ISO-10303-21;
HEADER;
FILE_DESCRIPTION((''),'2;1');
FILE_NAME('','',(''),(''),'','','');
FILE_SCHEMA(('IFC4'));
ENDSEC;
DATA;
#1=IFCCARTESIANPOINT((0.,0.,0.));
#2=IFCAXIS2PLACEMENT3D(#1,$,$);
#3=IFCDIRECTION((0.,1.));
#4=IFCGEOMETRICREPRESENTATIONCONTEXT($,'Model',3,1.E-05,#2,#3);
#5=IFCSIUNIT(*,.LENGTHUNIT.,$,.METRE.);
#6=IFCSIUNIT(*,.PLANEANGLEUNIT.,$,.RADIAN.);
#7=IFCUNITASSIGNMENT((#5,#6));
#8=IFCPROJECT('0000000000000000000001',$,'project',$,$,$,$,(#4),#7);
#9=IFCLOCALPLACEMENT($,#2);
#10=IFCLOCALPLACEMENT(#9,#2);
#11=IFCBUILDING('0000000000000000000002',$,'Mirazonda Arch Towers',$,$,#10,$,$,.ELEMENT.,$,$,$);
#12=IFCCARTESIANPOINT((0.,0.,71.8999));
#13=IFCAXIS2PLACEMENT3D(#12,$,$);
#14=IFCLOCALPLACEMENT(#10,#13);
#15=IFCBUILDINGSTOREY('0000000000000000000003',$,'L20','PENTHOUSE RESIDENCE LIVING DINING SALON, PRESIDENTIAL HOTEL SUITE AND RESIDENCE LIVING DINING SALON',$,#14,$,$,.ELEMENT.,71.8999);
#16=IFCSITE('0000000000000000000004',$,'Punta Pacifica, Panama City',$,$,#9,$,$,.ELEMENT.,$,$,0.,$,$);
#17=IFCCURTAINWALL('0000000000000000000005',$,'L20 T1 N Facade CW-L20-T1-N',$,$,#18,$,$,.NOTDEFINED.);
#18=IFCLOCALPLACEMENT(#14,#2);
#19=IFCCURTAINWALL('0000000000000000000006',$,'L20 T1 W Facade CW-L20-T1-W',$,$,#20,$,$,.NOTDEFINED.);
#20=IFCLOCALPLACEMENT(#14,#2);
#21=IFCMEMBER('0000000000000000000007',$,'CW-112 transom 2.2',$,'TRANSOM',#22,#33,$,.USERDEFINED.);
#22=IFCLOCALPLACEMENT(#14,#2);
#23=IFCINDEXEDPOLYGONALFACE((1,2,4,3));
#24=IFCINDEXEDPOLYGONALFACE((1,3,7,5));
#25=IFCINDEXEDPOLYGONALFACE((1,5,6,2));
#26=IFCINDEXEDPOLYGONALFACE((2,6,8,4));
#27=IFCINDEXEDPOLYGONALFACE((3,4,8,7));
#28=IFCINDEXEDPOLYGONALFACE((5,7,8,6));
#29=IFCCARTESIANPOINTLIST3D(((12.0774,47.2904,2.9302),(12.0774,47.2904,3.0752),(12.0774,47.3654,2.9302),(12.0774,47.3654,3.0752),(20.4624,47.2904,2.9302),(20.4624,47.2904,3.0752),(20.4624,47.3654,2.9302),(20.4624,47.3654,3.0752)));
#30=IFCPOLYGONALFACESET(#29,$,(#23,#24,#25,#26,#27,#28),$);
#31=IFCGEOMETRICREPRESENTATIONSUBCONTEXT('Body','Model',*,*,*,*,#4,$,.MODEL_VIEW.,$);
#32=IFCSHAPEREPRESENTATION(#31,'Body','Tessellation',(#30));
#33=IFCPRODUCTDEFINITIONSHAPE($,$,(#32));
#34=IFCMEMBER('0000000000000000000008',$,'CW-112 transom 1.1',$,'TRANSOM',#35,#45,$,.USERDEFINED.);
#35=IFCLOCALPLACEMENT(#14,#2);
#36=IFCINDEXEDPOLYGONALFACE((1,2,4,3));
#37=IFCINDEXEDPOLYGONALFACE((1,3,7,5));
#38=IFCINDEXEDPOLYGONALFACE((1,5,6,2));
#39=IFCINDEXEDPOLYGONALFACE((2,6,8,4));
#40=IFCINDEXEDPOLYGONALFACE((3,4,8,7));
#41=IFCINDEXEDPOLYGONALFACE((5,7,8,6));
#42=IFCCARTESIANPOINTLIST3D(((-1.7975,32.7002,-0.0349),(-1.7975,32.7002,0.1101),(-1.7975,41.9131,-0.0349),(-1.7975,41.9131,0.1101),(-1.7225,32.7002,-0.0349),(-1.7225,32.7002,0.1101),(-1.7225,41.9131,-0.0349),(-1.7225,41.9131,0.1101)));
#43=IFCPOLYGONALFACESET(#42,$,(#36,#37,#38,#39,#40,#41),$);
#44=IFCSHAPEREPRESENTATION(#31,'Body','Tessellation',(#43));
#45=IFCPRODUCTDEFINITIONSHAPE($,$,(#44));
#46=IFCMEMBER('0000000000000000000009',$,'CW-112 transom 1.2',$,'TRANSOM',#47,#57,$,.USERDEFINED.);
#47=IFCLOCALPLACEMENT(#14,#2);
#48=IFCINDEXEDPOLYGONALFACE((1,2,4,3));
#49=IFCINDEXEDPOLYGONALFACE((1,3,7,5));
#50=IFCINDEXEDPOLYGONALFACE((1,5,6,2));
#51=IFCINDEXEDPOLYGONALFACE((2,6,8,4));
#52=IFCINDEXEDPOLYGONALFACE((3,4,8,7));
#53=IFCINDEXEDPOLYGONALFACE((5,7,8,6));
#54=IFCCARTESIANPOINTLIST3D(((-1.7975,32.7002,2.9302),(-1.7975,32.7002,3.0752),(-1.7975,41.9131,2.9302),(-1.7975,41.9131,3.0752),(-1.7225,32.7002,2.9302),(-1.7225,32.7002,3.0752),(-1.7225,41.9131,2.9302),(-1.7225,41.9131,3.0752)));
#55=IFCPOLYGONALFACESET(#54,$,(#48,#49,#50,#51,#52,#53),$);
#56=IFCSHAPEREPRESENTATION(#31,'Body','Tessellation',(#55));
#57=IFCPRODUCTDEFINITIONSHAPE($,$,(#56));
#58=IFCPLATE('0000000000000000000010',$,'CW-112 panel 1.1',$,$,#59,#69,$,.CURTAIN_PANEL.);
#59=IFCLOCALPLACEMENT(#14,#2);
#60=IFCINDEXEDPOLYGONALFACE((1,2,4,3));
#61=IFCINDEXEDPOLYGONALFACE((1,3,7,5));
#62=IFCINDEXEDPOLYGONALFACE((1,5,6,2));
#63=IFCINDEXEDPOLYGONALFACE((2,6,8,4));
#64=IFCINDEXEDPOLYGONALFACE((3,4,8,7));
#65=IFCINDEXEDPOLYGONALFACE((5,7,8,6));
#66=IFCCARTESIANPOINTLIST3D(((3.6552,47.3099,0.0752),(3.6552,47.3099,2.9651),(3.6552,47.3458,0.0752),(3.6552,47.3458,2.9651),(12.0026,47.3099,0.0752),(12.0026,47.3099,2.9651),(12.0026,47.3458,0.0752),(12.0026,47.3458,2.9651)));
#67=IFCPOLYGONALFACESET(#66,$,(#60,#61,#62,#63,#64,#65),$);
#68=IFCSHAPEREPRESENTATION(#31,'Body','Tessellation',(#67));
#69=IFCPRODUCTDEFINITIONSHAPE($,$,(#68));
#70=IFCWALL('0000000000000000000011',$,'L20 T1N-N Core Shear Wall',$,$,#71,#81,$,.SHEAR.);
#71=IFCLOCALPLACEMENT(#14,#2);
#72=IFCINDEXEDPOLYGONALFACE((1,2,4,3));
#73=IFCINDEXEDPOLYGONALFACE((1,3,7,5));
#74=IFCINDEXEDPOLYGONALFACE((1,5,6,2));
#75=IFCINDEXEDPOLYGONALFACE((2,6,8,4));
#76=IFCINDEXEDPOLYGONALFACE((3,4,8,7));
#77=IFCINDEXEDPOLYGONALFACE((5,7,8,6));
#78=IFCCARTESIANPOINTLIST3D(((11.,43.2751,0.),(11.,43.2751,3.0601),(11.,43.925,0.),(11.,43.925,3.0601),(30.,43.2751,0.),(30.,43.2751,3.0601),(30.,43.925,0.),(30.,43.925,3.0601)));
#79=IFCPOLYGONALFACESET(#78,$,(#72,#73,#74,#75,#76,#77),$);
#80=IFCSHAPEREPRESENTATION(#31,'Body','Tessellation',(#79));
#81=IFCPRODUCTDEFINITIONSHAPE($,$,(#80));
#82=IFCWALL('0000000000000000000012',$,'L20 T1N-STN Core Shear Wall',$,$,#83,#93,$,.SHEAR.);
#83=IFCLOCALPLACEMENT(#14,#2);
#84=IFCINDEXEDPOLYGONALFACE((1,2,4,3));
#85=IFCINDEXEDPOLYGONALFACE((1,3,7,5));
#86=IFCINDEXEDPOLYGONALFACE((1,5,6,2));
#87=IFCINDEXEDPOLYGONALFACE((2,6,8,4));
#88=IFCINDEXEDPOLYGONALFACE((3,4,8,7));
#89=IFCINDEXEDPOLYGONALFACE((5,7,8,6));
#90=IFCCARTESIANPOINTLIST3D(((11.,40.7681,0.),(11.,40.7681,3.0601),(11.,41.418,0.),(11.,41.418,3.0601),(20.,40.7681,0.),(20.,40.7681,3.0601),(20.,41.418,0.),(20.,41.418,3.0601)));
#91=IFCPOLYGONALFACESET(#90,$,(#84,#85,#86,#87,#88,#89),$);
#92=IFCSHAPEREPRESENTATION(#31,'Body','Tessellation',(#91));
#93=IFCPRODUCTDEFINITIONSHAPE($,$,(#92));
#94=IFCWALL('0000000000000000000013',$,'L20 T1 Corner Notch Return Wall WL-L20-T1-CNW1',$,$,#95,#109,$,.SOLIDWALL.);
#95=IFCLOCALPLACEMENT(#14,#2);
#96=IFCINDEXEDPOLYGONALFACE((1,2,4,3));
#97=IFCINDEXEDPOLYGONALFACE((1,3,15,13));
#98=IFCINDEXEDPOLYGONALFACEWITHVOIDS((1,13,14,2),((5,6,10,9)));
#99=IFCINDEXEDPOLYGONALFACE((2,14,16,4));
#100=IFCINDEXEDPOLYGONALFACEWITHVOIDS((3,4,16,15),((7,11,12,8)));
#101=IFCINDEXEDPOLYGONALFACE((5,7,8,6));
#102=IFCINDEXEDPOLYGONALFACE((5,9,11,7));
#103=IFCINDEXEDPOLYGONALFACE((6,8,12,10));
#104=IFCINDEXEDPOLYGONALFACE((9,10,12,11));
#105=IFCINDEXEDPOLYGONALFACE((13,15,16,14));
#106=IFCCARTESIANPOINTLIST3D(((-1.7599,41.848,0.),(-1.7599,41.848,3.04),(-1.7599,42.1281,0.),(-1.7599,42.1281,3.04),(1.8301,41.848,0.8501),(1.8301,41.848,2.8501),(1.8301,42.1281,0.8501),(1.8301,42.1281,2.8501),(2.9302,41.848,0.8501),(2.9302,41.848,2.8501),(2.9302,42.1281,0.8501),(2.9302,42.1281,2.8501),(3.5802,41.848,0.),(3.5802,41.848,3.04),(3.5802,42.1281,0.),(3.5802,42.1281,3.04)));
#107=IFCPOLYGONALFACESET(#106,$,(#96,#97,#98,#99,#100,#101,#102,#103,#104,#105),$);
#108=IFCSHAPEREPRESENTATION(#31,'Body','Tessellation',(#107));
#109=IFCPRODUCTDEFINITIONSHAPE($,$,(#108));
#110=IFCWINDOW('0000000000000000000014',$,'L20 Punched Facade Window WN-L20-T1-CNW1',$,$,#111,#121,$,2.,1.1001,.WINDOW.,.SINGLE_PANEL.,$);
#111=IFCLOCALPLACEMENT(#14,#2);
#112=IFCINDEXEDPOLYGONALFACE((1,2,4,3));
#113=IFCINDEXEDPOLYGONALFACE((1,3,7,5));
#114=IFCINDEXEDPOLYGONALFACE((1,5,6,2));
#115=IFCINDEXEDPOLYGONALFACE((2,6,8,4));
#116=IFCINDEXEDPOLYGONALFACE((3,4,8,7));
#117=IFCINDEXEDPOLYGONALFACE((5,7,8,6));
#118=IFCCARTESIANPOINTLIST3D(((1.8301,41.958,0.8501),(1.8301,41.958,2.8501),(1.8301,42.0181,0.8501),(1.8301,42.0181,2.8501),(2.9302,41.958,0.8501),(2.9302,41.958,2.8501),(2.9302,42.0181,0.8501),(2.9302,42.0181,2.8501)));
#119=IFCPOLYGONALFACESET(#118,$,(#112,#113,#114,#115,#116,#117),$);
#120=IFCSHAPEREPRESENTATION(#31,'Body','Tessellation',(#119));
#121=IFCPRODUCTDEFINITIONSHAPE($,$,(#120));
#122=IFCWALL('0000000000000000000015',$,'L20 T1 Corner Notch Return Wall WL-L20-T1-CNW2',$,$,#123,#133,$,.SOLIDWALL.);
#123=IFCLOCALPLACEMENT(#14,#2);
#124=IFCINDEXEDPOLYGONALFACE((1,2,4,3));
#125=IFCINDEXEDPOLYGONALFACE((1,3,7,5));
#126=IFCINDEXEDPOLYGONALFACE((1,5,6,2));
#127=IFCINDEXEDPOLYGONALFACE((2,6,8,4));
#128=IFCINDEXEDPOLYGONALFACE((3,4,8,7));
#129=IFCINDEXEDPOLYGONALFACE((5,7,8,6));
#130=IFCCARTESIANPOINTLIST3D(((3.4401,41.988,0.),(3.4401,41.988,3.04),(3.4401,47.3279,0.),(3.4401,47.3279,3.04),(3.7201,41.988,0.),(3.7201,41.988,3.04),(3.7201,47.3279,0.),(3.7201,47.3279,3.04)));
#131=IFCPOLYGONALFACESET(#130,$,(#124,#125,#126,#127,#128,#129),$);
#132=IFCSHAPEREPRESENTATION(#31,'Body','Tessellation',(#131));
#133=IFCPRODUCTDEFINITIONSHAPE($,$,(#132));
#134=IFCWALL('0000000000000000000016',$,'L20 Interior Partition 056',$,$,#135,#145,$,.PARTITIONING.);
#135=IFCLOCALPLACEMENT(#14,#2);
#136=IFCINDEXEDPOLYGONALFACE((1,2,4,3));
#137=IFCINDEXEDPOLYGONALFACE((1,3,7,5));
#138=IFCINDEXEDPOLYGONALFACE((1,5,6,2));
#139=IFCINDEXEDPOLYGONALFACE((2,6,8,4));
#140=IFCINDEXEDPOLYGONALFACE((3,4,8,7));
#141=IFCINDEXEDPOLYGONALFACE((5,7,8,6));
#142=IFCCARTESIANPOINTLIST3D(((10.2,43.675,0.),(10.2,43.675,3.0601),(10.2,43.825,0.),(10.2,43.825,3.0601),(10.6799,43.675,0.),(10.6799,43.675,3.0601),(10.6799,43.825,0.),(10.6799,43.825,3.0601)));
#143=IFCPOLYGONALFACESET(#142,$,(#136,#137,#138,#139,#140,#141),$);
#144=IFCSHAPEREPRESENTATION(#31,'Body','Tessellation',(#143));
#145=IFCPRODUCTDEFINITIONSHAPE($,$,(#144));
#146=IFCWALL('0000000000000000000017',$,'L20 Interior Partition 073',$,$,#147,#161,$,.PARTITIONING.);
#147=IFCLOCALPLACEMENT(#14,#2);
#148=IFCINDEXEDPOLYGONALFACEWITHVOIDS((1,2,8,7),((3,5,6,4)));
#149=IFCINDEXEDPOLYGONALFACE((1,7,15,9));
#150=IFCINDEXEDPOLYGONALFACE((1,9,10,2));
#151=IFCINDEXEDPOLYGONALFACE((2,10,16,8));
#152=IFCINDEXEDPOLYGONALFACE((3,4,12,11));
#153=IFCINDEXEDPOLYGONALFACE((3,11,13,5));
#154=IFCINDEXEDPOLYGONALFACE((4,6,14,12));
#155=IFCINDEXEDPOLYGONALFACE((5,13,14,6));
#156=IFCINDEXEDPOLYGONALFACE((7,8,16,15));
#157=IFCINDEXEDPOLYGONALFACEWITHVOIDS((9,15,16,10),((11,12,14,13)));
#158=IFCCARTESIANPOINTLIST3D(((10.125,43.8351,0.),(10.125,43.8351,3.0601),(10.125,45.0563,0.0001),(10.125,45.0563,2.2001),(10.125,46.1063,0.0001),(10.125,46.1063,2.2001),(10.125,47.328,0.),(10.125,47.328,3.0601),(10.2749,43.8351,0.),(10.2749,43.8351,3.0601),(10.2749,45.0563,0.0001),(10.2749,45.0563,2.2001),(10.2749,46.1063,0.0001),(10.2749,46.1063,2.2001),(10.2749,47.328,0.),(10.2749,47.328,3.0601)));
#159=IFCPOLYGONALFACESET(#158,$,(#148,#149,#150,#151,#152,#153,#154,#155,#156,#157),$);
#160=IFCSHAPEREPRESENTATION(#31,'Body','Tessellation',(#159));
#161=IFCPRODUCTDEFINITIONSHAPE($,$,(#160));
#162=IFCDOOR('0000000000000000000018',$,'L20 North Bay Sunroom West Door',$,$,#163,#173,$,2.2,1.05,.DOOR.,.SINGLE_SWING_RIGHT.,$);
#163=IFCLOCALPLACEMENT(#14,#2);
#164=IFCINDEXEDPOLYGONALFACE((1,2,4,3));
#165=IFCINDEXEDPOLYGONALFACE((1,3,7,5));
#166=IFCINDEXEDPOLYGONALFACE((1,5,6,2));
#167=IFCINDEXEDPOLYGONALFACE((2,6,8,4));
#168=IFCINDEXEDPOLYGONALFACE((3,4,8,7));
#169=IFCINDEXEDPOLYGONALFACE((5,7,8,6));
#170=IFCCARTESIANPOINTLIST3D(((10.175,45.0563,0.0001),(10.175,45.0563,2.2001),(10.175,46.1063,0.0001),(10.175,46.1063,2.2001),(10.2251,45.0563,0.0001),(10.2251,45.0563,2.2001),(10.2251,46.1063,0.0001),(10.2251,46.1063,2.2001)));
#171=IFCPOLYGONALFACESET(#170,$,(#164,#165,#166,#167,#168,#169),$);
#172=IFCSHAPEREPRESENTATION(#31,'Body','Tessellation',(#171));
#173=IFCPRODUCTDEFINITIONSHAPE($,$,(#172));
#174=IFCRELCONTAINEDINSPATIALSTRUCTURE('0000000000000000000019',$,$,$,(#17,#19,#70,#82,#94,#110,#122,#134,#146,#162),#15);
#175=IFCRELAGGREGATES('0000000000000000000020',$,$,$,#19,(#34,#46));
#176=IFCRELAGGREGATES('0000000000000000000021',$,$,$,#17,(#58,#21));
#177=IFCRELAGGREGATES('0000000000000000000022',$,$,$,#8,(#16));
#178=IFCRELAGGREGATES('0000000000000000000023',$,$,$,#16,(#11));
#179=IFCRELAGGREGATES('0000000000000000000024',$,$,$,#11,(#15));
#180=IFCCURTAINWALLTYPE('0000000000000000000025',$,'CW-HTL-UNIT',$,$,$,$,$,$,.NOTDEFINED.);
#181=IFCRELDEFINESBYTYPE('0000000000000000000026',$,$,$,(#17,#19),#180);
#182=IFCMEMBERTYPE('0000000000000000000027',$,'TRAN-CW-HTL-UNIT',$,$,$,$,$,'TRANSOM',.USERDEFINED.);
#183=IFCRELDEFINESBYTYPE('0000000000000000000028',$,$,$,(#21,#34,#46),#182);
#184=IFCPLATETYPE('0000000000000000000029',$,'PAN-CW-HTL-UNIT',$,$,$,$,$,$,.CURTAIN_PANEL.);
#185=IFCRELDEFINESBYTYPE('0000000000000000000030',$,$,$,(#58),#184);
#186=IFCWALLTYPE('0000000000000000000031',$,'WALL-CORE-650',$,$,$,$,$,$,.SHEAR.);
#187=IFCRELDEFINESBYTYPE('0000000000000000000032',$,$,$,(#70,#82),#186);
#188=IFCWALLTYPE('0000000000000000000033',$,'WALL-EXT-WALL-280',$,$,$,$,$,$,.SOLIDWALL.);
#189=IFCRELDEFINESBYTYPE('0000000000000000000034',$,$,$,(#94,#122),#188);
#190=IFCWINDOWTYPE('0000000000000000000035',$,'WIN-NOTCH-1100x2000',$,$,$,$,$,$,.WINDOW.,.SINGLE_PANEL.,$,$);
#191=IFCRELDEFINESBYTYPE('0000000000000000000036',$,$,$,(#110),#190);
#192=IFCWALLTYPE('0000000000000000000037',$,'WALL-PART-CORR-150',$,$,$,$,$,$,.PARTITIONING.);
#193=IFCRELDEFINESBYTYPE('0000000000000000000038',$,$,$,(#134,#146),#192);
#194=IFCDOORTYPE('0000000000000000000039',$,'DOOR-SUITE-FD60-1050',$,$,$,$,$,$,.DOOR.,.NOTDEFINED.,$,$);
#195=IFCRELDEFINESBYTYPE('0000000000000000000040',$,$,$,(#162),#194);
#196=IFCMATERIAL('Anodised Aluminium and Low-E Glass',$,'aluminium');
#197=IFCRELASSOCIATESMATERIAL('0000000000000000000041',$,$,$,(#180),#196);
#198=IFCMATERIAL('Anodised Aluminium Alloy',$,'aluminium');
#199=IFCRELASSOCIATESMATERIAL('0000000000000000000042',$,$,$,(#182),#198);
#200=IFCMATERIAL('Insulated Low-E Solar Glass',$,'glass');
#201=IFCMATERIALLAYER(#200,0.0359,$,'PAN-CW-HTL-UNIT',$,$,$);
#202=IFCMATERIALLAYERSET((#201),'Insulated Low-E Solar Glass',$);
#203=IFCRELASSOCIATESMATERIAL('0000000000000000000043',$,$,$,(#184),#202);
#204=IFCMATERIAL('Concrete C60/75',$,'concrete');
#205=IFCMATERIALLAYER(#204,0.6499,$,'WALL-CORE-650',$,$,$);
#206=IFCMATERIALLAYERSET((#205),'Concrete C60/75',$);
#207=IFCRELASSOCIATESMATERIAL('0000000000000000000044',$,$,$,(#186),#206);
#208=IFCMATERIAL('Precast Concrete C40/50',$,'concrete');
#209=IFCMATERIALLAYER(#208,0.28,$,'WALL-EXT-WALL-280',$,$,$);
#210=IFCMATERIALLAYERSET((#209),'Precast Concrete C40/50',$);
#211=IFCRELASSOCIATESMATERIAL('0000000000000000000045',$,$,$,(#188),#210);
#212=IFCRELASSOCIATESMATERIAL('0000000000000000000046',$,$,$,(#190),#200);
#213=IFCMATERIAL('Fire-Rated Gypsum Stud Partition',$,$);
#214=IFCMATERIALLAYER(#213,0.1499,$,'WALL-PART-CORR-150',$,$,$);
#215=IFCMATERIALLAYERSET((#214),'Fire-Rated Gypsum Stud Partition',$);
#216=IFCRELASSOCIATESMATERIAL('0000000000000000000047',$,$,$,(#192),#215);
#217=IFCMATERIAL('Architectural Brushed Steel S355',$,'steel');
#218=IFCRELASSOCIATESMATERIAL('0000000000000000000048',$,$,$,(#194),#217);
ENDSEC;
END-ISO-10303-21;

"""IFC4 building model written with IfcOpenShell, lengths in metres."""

from ifc_helpers import new_model, si_unit, direction, frame, frame_2d, origin, origin_2d, place, context, subcontext, project, spatial, rectangle, extrude, material, layer, layer_set, material_profile, profile_set, type_object, element, fill, aggregate, save


model = new_model("IFC4")

# Units and contexts
model_context = context("Model", 3, precision=1e-05, world=origin(), true_north=direction((0.0, 1.0)))
body_context = subcontext(model_context, "Body", "Model", "MODEL_VIEW")
ifc_project = project(units=[si_unit("LENGTHUNIT", "METRE"), si_unit("PLANEANGLEUNIT", "RADIAN")], contexts=[model_context])

# Site, building, storey
site_placement = place(None, origin())
site = spatial("IfcSite", under=ifc_project, at=site_placement, Name="Punta Pacifica, Panama City", CompositionType="ELEMENT", RefElevation=0.0)
building_placement = place(site_placement, origin())
building = spatial("IfcBuilding", under=site, at=building_placement, Name="Mirazonda Arch Towers", CompositionType="ELEMENT")
storey_placement = place(building_placement, frame((0.0, 0.0, 71.8999)))
storey = spatial("IfcBuildingStorey", under=building, at=storey_placement, Name="L20", Description="PENTHOUSE RESIDENCE LIVING DINING SALON, PRESIDENTIAL HOTEL SUITE AND RESIDENCE LIVING DINING SALON", CompositionType="ELEMENT", Elevation=71.8999)

# Shared definitions
ifc_material_1 = material(Name="Concrete C60/75", Category="concrete")

# Curtain wall
ifc_material_2 = material(Name="Anodised Aluminium and Low-E Glass", Category="aluminium")
curtain_wall_type = type_object("IfcCurtainWallType", Name="CW-HTL-UNIT", PredefinedType="NOTDEFINED", material=ifc_material_2)
curtain_wall_1_placement = place(storey_placement, origin())
curtain_wall_1 = element("IfcCurtainWall", 1, at=curtain_wall_1_placement, inside=storey, type_object=curtain_wall_type, Name="L20 T1 N Facade CW-L20-T1-N", PredefinedType="NOTDEFINED")
ifc_material_3 = material(Name="Anodised Aluminium Alloy", Category="aluminium")

# Curtain wall
curtain_wall_2_placement = place(storey_placement, origin())
curtain_wall_2 = element("IfcCurtainWall", 2, at=curtain_wall_2_placement, inside=storey, type_object=curtain_wall_type, Name="L20 T1 W Facade CW-L20-T1-W", PredefinedType="NOTDEFINED")

# Members
ifc_material_profile_1 = material_profile(ifc_material_3, rectangle(XDim=0.075, YDim=0.145, at=origin_2d()), Name="ALU-TRAN-75x145")
ifc_profile_set_1 = profile_set([ifc_material_profile_1], Name="Anodised Aluminium Alloy")
member_type_1 = type_object("IfcMemberType", Name="TRAN-CW-HTL-UNIT", ElementType="TRANSOM", PredefinedType="USERDEFINED", material=ifc_profile_set_1)
member_1_placement = place(storey_placement, frame((12.0774, 47.3279, 3.0027), z_axis=(1.0, 0.0, 0.0), x_axis=(0.0, 1.0, 0.0)))
member_1 = element("IfcMember", 3, at=member_1_placement, type_object=member_type_1, Name="CW-112 transom 2.2", ObjectType="TRANSOM", PredefinedType="USERDEFINED", context=body_context, shape_type="SweptSolid", body=[
    extrude(rectangle(XDim=0.075, YDim=0.145, at=origin_2d()), origin(), (0.0, 0.0, 1.0), 8.385),
])
member_2_placement = place(storey_placement, frame((-1.76, 41.9131, 0.0376), z_axis=(0.0, -1.0, 0.0), x_axis=(1.0, 0.0, 0.0)))
member_2 = element("IfcMember", 4, at=member_2_placement, type_object=member_type_1, Name="CW-112 transom 1.1", ObjectType="TRANSOM", PredefinedType="USERDEFINED", context=body_context, shape_type="SweptSolid", body=[
    extrude(rectangle(XDim=0.075, YDim=0.145, at=origin_2d()), origin(), (0.0, 0.0, 1.0), 9.2129),
])
member_3_placement = place(storey_placement, frame((-1.76, 41.9131, 3.0027), z_axis=(0.0, -1.0, 0.0), x_axis=(1.0, 0.0, 0.0)))
member_3 = element("IfcMember", 5, at=member_3_placement, type_object=member_type_1, Name="CW-112 transom 1.2", ObjectType="TRANSOM", PredefinedType="USERDEFINED", context=body_context, shape_type="SweptSolid", body=[
    extrude(rectangle(XDim=0.075, YDim=0.145, at=origin_2d()), origin(), (0.0, 0.0, 1.0), 9.2129),
])
aggregate(curtain_wall_2, [member_2, member_3])

# Plate
ifc_material_4 = material(Name="Insulated Low-E Solar Glass", Category="glass")
ifc_layer_1 = layer(ifc_material_4, 0.0359, Name="PAN-CW-HTL-UNIT")
ifc_layer_set_1 = layer_set([ifc_layer_1], Name="Insulated Low-E Solar Glass")
plate_type = type_object("IfcPlateType", Name="PAN-CW-HTL-UNIT", PredefinedType="CURTAIN_PANEL", material=ifc_layer_set_1)
plate_placement = place(storey_placement, frame((7.8289, 47.3279, 0.0752), z_axis=(0.0, 0.0, 1.0), x_axis=(1.0, 0.0, 0.0)))
plate = element("IfcPlate", 6, at=plate_placement, type_object=plate_type, Name="CW-112 panel 1.1", PredefinedType="CURTAIN_PANEL", context=body_context, shape_type="SweptSolid", body=[
    extrude(rectangle(XDim=8.3474, YDim=0.0359, at=origin_2d()), origin(), (0.0, 0.0, 1.0), 2.8899),
])
aggregate(curtain_wall_1, [plate, member_1])

# Walls
ifc_layer_2 = layer(ifc_material_1, 0.6499, Name="WALL-CORE-650")
ifc_layer_set_2 = layer_set([ifc_layer_2], Name="Concrete C60/75")
wall_type_1 = type_object("IfcWallType", Name="WALL-CORE-650", PredefinedType="SHEAR", material=ifc_layer_set_2)
wall_1_placement = place(storey_placement, frame((11.0, 43.6001, 0.0), z_axis=(0.0, 0.0, 1.0), x_axis=(1.0, 0.0, 0.0)))
element("IfcWall", 7, at=wall_1_placement, inside=storey, type_object=wall_type_1, Name="L20 T1N-N Core Shear Wall", PredefinedType="SHEAR", context=body_context, shape_type="SweptSolid", body=[
    extrude(rectangle(XDim=19.0, YDim=0.6499, at=frame_2d((9.5, 0.0))), origin(), (0.0, 0.0, 1.0), 3.0601),
])
wall_2_placement = place(storey_placement, frame((11.0, 41.093, 0.0), z_axis=(0.0, 0.0, 1.0), x_axis=(1.0, 0.0, 0.0)))
element("IfcWall", 8, at=wall_2_placement, inside=storey, type_object=wall_type_1, Name="L20 T1N-STN Core Shear Wall", PredefinedType="SHEAR", context=body_context, shape_type="SweptSolid", body=[
    extrude(rectangle(XDim=9.0, YDim=0.6499, at=frame_2d((4.5, 0.0))), origin(), (0.0, 0.0, 1.0), 3.0601),
])

# Wall, opening, window
ifc_material_5 = material(Name="Precast Concrete C40/50", Category="concrete")
ifc_layer_3 = layer(ifc_material_5, 0.28, Name="WALL-EXT-WALL-280")
ifc_layer_set_3 = layer_set([ifc_layer_3], Name="Precast Concrete C40/50")
wall_type_2 = type_object("IfcWallType", Name="WALL-EXT-WALL-280", PredefinedType="SOLIDWALL", material=ifc_layer_set_3)
wall_3_placement = place(storey_placement, frame((3.5801, 41.988, 0.0), z_axis=(0.0, 0.0, 1.0), x_axis=(-1.0, 0.0, 0.0)))
wall_3 = element("IfcWall", 9, at=wall_3_placement, inside=storey, type_object=wall_type_2, Name="L20 T1 Corner Notch Return Wall WL-L20-T1-CNW1", PredefinedType="SOLIDWALL", context=body_context, shape_type="SweptSolid", body=[
    extrude(rectangle(XDim=5.3401, YDim=0.28, at=frame_2d((2.6699, 0.0))), origin(), (0.0, 0.0, 1.0), 3.04),
])
opening_1_placement = place(wall_3_placement, frame((0.6499, 0.0, 0.8501)))
opening_1 = element("IfcOpeningElement", 10, at=opening_1_placement, cuts=wall_3, PredefinedType="OPENING", context=body_context, shape_type="SweptSolid", body=[
    extrude(rectangle(XDim=1.1001, YDim=2.0, at=frame_2d((0.55, 1.0))), frame((0.0, 0.1499, 0.0), z_axis=(0.0, -1.0, 0.0), x_axis=(1.0, 0.0, 0.0)), (0.0, 0.0, 1.0), 0.3),
])
window_type = type_object("IfcWindowType", Name="WIN-NOTCH-1100x2000", PartitioningType="SINGLE_PANEL", PredefinedType="WINDOW", material=ifc_material_4)
window_placement = place(opening_1_placement, origin())
window = element("IfcWindow", 11, at=window_placement, inside=storey, type_object=window_type, Name="L20 Punched Facade Window WN-L20-T1-CNW1", OverallHeight=2.0, OverallWidth=1.1001, PartitioningType="SINGLE_PANEL", PredefinedType="WINDOW", context=body_context, shape_type="SweptSolid", body=[
    extrude(rectangle(XDim=1.1001, YDim=2.0, at=frame_2d((0.55, 1.0))), frame((0.0, 0.03, 0.0), z_axis=(0.0, -1.0, 0.0), x_axis=(1.0, 0.0, 0.0)), (0.0, 0.0, 1.0), 0.0601),
])
fill(opening_1, window)

# Walls
wall_4_placement = place(storey_placement, frame((3.5801, 47.3279, 0.0), z_axis=(0.0, 0.0, 1.0), x_axis=(0.0, -1.0, 0.0)))
element("IfcWall", 12, at=wall_4_placement, inside=storey, type_object=wall_type_2, Name="L20 T1 Corner Notch Return Wall WL-L20-T1-CNW2", PredefinedType="SOLIDWALL", context=body_context, shape_type="SweptSolid", body=[
    extrude(rectangle(XDim=5.3398, YDim=0.28, at=frame_2d((2.6699, 0.0))), origin(), (0.0, 0.0, 1.0), 3.04),
])
ifc_material_6 = material(Name="Fire-Rated Gypsum Stud Partition")
ifc_layer_4 = layer(ifc_material_6, 0.1499, Name="WALL-PART-CORR-150")
ifc_layer_set_4 = layer_set([ifc_layer_4], Name="Fire-Rated Gypsum Stud Partition")
wall_type_3 = type_object("IfcWallType", Name="WALL-PART-CORR-150", PredefinedType="PARTITIONING", material=ifc_layer_set_4)
wall_5_placement = place(storey_placement, frame((10.2, 43.75, 0.0), z_axis=(0.0, 0.0, 1.0), x_axis=(1.0, 0.0, 0.0)))
element("IfcWall", 13, at=wall_5_placement, inside=storey, type_object=wall_type_3, Name="L20 Interior Partition 056", PredefinedType="PARTITIONING", context=body_context, shape_type="SweptSolid", body=[
    extrude(rectangle(XDim=0.48, YDim=0.1499, at=frame_2d((0.24, 0.0))), origin(), (0.0, 0.0, 1.0), 3.0601),
])

# Wall, opening, door
wall_6_placement = place(storey_placement, frame((10.2, 43.835, 0.0), z_axis=(0.0, 0.0, 1.0), x_axis=(0.0, 1.0, 0.0)))
wall_6 = element("IfcWall", 14, at=wall_6_placement, inside=storey, type_object=wall_type_3, Name="L20 Interior Partition 073", PredefinedType="PARTITIONING", context=body_context, shape_type="SweptSolid", body=[
    extrude(rectangle(XDim=3.4929, YDim=0.1499, at=frame_2d((1.7466, 0.0))), origin(), (0.0, 0.0, 1.0), 3.0601),
])
opening_2_placement = place(wall_6_placement, frame((1.2214, 0.0, 0.0)))
opening_2 = element("IfcOpeningElement", 15, at=opening_2_placement, cuts=wall_6, PredefinedType="OPENING", context=body_context, shape_type="SweptSolid", body=[
    extrude(rectangle(XDim=1.05, YDim=2.2, at=frame_2d((0.5249, 1.1001))), frame((0.0, 0.085, 0.0), z_axis=(0.0, -1.0, 0.0), x_axis=(1.0, 0.0, 0.0)), (0.0, 0.0, 1.0), 0.1699),
])
ifc_material_7 = material(Name="Architectural Brushed Steel S355", Category="steel")
door_type_1 = type_object("IfcDoorType", Name="DOOR-SUITE-FD60-1050", OperationType="NOTDEFINED", PredefinedType="DOOR", material=ifc_material_7)
door_1_placement = place(opening_2_placement, origin())
door_1 = element("IfcDoor", 16, at=door_1_placement, inside=storey, type_object=door_type_1, Name="L20 North Bay Sunroom West Door", OperationType="SINGLE_SWING_RIGHT", OverallHeight=2.2, OverallWidth=1.05, PredefinedType="DOOR", context=body_context, shape_type="SweptSolid", body=[
    extrude(rectangle(XDim=1.05, YDim=2.2, at=frame_2d((0.5249, 1.1001))), frame((0.0, 0.0249, 0.0), z_axis=(0.0, -1.0, 0.0), x_axis=(1.0, 0.0, 0.0)), (0.0, 0.0, 1.0), 0.05),
])
fill(opening_2, door_1)

save(model, "model.ifc")
